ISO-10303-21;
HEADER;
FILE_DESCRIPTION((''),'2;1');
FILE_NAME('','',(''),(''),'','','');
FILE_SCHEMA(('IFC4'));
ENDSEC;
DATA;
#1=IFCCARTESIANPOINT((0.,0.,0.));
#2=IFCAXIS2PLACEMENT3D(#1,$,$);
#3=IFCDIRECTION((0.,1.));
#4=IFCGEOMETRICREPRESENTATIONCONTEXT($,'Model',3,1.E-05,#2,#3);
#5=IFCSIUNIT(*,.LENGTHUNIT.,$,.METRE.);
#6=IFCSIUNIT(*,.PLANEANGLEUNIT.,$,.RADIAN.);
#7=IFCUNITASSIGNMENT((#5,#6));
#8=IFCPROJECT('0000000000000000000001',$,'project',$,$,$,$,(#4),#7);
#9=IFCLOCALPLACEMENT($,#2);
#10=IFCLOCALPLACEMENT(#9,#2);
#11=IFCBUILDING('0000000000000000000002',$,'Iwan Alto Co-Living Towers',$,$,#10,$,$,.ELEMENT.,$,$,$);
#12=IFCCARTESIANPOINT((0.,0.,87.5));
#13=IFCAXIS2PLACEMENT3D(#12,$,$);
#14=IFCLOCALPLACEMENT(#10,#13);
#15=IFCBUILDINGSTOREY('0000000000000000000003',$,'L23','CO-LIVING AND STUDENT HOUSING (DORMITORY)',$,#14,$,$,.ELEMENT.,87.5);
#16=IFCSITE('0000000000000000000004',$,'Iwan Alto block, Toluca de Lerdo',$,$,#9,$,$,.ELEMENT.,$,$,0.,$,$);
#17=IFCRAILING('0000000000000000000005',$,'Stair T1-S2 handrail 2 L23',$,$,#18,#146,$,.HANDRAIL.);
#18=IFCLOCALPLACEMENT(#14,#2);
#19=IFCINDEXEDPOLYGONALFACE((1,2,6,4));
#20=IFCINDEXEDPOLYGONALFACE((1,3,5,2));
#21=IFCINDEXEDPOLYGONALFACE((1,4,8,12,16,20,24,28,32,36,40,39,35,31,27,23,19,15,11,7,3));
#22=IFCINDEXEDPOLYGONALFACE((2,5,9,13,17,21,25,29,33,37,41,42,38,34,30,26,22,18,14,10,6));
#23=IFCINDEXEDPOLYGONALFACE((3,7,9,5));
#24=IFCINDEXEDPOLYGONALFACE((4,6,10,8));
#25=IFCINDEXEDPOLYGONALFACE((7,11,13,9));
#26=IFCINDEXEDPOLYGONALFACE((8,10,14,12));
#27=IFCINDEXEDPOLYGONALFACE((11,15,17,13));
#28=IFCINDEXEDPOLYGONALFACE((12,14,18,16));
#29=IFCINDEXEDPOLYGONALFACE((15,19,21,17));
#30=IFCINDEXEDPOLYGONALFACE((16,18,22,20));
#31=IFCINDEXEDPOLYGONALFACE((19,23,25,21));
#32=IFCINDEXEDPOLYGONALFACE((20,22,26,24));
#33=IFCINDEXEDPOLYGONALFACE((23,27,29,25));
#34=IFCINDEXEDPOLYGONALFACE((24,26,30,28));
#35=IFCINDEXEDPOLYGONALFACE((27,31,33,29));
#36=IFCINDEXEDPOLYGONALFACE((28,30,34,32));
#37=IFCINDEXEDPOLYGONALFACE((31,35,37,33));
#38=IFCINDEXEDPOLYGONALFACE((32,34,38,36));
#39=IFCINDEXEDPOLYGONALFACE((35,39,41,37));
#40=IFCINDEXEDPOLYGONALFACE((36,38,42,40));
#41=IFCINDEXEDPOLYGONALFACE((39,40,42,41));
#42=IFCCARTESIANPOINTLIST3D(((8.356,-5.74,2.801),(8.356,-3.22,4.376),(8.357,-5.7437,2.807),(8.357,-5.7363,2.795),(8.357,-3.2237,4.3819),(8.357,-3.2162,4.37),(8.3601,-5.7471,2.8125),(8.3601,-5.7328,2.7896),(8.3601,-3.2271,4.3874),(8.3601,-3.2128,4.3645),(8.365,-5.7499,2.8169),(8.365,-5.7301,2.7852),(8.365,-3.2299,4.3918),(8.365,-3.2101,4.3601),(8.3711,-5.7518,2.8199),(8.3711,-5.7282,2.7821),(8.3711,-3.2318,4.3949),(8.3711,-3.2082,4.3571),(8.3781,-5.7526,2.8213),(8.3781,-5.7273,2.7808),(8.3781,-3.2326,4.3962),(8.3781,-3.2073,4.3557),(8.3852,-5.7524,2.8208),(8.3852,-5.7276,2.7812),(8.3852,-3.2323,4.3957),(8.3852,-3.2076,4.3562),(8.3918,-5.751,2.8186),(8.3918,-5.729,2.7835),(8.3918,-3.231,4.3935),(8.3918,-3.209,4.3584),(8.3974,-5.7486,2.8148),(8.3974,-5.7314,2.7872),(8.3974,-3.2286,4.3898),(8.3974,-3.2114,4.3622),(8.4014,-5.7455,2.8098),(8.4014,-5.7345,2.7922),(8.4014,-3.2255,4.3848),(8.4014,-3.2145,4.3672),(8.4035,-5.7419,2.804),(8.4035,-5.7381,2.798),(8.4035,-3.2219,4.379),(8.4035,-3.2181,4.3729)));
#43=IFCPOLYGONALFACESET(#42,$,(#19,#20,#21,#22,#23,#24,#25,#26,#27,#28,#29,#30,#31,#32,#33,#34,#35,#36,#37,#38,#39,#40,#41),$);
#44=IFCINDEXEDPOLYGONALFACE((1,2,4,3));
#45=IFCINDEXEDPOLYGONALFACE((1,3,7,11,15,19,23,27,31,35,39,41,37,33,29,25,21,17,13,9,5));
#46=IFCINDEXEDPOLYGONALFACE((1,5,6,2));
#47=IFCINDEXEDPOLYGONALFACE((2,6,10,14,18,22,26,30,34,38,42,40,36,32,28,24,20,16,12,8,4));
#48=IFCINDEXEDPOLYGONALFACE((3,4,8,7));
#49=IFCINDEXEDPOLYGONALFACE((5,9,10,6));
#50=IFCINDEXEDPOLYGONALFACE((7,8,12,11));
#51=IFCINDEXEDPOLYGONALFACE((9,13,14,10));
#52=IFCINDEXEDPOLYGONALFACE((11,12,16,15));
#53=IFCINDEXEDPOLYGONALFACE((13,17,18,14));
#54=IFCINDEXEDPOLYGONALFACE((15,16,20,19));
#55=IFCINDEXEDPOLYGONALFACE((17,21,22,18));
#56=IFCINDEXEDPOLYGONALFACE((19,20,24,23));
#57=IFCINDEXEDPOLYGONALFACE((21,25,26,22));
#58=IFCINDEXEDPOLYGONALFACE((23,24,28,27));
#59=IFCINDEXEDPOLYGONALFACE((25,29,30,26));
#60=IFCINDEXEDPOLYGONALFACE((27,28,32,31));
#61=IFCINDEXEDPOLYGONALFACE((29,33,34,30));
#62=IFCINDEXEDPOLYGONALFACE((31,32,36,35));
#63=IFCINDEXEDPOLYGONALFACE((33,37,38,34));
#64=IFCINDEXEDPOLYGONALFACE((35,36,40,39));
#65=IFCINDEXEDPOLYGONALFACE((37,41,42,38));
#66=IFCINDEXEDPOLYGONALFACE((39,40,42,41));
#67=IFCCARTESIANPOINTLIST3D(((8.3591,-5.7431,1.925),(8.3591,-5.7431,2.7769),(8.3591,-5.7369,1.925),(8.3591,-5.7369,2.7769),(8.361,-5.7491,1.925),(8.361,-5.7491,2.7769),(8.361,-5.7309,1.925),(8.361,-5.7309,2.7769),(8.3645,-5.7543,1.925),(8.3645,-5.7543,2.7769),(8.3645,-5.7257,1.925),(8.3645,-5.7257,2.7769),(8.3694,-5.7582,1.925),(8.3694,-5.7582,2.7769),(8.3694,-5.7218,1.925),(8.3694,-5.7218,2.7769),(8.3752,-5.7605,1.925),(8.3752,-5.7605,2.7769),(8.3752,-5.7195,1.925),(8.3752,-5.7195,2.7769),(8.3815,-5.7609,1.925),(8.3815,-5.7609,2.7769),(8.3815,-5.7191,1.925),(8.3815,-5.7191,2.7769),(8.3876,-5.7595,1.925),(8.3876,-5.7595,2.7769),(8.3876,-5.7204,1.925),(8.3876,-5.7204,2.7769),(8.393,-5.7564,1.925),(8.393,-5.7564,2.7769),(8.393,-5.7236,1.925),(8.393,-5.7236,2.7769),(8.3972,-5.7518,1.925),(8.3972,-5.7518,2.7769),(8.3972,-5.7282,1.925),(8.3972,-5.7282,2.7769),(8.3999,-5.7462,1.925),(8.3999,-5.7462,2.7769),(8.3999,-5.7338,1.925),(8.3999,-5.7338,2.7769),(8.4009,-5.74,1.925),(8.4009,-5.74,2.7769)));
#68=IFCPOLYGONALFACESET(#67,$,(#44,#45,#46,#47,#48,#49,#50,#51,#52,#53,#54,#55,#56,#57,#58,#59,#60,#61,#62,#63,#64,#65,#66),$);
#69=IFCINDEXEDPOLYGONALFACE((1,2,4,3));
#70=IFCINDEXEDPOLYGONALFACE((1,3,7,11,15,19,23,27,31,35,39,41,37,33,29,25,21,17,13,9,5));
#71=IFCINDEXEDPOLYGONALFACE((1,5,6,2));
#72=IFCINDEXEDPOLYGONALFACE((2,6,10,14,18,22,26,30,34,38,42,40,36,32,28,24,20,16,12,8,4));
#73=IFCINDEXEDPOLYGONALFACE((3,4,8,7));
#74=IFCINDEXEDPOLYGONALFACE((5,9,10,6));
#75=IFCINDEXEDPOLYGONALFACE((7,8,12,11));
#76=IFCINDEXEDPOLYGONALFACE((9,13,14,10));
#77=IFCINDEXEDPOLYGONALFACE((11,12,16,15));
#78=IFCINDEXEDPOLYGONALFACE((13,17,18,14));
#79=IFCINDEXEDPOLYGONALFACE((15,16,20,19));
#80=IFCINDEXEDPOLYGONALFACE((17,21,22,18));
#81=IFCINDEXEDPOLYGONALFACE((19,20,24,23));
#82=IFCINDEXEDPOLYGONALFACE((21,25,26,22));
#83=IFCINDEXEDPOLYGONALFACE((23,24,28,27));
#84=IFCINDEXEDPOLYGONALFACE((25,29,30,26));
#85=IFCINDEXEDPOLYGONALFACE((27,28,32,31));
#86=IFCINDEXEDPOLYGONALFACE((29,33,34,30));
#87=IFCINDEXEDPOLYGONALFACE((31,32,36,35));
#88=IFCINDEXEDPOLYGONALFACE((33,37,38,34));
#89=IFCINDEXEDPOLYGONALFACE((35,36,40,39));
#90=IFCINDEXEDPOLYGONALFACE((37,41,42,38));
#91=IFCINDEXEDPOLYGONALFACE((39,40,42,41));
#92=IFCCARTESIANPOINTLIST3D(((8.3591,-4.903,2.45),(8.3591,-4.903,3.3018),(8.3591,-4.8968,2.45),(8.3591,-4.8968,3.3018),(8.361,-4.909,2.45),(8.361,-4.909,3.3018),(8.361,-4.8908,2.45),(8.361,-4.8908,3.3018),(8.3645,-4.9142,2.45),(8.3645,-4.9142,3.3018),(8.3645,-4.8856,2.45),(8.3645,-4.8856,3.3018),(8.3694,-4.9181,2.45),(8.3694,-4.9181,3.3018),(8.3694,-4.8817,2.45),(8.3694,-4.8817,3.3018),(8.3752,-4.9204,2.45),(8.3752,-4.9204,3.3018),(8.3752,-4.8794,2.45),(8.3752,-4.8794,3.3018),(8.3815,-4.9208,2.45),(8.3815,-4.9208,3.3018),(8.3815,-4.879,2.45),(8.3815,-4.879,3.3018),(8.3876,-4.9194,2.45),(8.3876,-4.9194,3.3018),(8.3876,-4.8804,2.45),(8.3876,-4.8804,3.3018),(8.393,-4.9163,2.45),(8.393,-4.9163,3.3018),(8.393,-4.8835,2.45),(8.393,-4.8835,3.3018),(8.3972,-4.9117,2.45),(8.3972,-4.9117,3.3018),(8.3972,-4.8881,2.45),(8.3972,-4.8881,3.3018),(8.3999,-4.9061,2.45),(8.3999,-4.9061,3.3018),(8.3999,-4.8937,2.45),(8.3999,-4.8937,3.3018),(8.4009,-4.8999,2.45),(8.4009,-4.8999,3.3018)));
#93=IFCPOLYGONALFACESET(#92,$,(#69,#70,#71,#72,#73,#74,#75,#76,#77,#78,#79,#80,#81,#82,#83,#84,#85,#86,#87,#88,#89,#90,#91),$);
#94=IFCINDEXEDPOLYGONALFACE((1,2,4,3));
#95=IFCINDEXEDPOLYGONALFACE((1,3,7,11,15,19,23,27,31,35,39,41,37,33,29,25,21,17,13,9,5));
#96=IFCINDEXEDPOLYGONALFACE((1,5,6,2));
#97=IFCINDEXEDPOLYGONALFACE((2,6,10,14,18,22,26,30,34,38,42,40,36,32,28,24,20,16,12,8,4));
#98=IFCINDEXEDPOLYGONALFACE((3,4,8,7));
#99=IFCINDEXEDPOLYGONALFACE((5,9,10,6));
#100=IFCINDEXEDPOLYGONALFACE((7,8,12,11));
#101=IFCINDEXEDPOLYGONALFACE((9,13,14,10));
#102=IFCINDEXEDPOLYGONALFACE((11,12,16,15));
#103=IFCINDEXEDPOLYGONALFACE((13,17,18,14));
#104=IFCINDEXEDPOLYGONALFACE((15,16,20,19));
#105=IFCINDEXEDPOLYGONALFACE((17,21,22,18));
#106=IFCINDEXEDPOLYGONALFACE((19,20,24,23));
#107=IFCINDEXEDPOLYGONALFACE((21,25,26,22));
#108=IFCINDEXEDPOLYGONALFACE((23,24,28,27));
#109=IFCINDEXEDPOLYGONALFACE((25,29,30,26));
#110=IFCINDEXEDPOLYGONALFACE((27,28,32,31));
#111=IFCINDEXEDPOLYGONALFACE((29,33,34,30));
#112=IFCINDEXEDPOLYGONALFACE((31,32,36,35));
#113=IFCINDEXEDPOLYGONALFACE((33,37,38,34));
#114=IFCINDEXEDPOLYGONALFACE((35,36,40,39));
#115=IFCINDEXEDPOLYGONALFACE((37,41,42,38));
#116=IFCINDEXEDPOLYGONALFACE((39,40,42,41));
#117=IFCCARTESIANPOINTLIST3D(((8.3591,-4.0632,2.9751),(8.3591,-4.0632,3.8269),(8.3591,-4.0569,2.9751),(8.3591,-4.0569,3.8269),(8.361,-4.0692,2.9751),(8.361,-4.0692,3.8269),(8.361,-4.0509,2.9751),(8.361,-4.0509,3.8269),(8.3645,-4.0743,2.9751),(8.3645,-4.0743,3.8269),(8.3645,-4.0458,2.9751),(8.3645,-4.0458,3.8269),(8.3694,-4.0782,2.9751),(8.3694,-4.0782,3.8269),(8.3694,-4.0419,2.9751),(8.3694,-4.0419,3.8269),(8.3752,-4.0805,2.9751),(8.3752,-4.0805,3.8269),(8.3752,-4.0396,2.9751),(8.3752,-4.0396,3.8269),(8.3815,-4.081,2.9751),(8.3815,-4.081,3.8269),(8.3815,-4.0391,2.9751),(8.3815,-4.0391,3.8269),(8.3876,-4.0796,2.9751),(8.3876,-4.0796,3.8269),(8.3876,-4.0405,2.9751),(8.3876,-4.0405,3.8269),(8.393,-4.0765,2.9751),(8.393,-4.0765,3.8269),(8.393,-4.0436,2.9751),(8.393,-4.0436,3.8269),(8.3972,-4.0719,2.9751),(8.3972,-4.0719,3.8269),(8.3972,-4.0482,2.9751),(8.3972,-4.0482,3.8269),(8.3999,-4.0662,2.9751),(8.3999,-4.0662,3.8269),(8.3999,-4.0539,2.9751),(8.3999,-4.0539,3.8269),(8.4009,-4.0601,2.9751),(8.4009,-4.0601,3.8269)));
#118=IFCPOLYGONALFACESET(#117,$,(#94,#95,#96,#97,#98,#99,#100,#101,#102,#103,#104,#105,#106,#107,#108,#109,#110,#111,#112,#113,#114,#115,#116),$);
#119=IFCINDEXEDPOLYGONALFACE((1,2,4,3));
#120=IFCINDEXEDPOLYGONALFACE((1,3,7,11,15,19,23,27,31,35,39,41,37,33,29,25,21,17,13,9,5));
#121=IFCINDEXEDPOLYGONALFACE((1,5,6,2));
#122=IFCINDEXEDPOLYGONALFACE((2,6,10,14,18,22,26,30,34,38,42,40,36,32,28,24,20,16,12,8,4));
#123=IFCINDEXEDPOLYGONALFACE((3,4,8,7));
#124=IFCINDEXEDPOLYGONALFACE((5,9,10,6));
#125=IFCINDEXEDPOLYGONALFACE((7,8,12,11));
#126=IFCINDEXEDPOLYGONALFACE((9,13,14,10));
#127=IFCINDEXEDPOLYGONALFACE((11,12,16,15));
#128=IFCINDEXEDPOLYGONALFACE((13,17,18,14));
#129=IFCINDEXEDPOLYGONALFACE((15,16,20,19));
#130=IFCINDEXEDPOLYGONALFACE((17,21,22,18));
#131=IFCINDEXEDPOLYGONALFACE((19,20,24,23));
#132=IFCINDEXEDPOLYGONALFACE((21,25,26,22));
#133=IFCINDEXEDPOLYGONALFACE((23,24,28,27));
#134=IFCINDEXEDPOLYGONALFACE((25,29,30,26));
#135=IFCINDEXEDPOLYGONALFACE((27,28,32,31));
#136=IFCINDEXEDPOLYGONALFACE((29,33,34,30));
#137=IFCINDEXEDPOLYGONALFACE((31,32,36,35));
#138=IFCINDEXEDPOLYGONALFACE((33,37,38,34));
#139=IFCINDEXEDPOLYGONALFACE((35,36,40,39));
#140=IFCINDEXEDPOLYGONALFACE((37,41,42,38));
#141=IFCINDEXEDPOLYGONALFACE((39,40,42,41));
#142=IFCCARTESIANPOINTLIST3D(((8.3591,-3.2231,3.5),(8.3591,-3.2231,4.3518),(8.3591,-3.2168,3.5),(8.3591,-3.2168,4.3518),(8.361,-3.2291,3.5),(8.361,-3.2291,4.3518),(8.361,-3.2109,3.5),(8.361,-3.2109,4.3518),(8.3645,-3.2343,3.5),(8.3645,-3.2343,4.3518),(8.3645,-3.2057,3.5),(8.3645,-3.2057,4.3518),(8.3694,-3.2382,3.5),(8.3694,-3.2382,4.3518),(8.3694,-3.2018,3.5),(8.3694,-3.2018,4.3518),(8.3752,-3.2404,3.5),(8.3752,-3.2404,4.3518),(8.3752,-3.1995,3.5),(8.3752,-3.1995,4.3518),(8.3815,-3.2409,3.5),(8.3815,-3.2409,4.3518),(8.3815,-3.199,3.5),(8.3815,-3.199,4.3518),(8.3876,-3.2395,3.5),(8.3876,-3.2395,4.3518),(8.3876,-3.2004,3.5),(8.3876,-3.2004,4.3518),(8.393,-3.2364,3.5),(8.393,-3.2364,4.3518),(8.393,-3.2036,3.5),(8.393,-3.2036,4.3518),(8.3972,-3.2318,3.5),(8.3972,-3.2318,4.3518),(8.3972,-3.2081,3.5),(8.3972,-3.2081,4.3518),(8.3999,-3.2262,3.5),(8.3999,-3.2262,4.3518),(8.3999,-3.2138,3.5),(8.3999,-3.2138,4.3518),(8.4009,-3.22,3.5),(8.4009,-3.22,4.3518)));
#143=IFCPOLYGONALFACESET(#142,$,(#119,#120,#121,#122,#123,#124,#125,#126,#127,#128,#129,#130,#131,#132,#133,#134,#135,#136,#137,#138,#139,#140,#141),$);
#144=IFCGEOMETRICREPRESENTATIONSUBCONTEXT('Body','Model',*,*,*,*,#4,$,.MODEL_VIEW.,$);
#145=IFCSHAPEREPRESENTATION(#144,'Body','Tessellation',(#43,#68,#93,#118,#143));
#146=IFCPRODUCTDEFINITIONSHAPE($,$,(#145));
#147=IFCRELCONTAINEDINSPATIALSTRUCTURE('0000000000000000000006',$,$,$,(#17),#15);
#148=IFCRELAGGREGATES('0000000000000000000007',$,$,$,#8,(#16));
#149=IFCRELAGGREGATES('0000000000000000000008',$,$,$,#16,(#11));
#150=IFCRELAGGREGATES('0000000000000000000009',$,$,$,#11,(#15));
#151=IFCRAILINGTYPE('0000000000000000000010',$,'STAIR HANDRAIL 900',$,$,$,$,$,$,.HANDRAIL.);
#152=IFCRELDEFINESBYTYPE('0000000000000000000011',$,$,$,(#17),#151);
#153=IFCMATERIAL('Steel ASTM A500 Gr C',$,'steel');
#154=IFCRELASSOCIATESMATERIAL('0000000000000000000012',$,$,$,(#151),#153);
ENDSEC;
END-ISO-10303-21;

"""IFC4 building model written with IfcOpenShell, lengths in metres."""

from ifc_helpers import new_model, si_unit, direction, frame, origin, origin_2d, place, context, subcontext, project, spatial, circle, extrude, material, type_object, element, save


model = new_model("IFC4")

# Units and contexts
model_context = context("Model", 3, precision=1e-05, world=origin(), true_north=direction((0.0, 1.0)))
body_context = subcontext(model_context, "Body", "Model", "MODEL_VIEW")
ifc_project = project(units=[si_unit("LENGTHUNIT", "METRE"), si_unit("PLANEANGLEUNIT", "RADIAN")], contexts=[model_context])

# Site, building, storey
site_placement = place(None, origin())
site = spatial("IfcSite", under=ifc_project, at=site_placement, Name="Iwan Alto block, Toluca de Lerdo", CompositionType="ELEMENT", RefElevation=0.0)
building_placement = place(site_placement, origin())
building = spatial("IfcBuilding", under=site, at=building_placement, Name="Iwan Alto Co-Living Towers", CompositionType="ELEMENT")
storey_placement = place(building_placement, frame((0.0, 0.0, 87.5)))
storey = spatial("IfcBuildingStorey", under=building, at=storey_placement, Name="L23", Description="CO-LIVING AND STUDENT HOUSING (DORMITORY)", CompositionType="ELEMENT", Elevation=87.5)

# Railing
ifc_material_1 = material(Name="Steel ASTM A500 Gr C", Category="steel")
railing_type_1 = type_object("IfcRailingType", Name="STAIR HANDRAIL 900", PredefinedType="HANDRAIL", material=ifc_material_1)
railing_1_placement = place(storey_placement, frame((8.3799, -5.74, 1.925)))
element("IfcRailing", 1, at=railing_1_placement, inside=storey, type_object=railing_type_1, Name="Stair T1-S2 handrail 2 L23", PredefinedType="HANDRAIL", context=body_context, shape_type="SweptSolid", body=[
    extrude(circle(Radius=0.0239, at=origin_2d()), frame((0.0, 0.0, 0.876), z_axis=(0.0, 0.848008, 0.529984), x_axis=(-1.0, 0.0, 0.0)), (0.0, 0.0, 1.0), 2.9717),
    extrude(circle(Radius=0.021, at=origin_2d()), origin(), (0.0, 0.0, 1.0), 0.8518),
    extrude(circle(Radius=0.021, at=origin_2d()), frame((0.0, 0.8401, 0.5249)), (0.0, 0.0, 1.0), 0.8518),
    extrude(circle(Radius=0.021, at=origin_2d()), frame((0.0, 1.6799, 1.05)), (0.0, 0.0, 1.0), 0.8518),
    extrude(circle(Radius=0.021, at=origin_2d()), frame((0.0, 2.52, 1.575)), (0.0, 0.0, 1.0), 0.8518),
])

save(model, "model.ifc")
